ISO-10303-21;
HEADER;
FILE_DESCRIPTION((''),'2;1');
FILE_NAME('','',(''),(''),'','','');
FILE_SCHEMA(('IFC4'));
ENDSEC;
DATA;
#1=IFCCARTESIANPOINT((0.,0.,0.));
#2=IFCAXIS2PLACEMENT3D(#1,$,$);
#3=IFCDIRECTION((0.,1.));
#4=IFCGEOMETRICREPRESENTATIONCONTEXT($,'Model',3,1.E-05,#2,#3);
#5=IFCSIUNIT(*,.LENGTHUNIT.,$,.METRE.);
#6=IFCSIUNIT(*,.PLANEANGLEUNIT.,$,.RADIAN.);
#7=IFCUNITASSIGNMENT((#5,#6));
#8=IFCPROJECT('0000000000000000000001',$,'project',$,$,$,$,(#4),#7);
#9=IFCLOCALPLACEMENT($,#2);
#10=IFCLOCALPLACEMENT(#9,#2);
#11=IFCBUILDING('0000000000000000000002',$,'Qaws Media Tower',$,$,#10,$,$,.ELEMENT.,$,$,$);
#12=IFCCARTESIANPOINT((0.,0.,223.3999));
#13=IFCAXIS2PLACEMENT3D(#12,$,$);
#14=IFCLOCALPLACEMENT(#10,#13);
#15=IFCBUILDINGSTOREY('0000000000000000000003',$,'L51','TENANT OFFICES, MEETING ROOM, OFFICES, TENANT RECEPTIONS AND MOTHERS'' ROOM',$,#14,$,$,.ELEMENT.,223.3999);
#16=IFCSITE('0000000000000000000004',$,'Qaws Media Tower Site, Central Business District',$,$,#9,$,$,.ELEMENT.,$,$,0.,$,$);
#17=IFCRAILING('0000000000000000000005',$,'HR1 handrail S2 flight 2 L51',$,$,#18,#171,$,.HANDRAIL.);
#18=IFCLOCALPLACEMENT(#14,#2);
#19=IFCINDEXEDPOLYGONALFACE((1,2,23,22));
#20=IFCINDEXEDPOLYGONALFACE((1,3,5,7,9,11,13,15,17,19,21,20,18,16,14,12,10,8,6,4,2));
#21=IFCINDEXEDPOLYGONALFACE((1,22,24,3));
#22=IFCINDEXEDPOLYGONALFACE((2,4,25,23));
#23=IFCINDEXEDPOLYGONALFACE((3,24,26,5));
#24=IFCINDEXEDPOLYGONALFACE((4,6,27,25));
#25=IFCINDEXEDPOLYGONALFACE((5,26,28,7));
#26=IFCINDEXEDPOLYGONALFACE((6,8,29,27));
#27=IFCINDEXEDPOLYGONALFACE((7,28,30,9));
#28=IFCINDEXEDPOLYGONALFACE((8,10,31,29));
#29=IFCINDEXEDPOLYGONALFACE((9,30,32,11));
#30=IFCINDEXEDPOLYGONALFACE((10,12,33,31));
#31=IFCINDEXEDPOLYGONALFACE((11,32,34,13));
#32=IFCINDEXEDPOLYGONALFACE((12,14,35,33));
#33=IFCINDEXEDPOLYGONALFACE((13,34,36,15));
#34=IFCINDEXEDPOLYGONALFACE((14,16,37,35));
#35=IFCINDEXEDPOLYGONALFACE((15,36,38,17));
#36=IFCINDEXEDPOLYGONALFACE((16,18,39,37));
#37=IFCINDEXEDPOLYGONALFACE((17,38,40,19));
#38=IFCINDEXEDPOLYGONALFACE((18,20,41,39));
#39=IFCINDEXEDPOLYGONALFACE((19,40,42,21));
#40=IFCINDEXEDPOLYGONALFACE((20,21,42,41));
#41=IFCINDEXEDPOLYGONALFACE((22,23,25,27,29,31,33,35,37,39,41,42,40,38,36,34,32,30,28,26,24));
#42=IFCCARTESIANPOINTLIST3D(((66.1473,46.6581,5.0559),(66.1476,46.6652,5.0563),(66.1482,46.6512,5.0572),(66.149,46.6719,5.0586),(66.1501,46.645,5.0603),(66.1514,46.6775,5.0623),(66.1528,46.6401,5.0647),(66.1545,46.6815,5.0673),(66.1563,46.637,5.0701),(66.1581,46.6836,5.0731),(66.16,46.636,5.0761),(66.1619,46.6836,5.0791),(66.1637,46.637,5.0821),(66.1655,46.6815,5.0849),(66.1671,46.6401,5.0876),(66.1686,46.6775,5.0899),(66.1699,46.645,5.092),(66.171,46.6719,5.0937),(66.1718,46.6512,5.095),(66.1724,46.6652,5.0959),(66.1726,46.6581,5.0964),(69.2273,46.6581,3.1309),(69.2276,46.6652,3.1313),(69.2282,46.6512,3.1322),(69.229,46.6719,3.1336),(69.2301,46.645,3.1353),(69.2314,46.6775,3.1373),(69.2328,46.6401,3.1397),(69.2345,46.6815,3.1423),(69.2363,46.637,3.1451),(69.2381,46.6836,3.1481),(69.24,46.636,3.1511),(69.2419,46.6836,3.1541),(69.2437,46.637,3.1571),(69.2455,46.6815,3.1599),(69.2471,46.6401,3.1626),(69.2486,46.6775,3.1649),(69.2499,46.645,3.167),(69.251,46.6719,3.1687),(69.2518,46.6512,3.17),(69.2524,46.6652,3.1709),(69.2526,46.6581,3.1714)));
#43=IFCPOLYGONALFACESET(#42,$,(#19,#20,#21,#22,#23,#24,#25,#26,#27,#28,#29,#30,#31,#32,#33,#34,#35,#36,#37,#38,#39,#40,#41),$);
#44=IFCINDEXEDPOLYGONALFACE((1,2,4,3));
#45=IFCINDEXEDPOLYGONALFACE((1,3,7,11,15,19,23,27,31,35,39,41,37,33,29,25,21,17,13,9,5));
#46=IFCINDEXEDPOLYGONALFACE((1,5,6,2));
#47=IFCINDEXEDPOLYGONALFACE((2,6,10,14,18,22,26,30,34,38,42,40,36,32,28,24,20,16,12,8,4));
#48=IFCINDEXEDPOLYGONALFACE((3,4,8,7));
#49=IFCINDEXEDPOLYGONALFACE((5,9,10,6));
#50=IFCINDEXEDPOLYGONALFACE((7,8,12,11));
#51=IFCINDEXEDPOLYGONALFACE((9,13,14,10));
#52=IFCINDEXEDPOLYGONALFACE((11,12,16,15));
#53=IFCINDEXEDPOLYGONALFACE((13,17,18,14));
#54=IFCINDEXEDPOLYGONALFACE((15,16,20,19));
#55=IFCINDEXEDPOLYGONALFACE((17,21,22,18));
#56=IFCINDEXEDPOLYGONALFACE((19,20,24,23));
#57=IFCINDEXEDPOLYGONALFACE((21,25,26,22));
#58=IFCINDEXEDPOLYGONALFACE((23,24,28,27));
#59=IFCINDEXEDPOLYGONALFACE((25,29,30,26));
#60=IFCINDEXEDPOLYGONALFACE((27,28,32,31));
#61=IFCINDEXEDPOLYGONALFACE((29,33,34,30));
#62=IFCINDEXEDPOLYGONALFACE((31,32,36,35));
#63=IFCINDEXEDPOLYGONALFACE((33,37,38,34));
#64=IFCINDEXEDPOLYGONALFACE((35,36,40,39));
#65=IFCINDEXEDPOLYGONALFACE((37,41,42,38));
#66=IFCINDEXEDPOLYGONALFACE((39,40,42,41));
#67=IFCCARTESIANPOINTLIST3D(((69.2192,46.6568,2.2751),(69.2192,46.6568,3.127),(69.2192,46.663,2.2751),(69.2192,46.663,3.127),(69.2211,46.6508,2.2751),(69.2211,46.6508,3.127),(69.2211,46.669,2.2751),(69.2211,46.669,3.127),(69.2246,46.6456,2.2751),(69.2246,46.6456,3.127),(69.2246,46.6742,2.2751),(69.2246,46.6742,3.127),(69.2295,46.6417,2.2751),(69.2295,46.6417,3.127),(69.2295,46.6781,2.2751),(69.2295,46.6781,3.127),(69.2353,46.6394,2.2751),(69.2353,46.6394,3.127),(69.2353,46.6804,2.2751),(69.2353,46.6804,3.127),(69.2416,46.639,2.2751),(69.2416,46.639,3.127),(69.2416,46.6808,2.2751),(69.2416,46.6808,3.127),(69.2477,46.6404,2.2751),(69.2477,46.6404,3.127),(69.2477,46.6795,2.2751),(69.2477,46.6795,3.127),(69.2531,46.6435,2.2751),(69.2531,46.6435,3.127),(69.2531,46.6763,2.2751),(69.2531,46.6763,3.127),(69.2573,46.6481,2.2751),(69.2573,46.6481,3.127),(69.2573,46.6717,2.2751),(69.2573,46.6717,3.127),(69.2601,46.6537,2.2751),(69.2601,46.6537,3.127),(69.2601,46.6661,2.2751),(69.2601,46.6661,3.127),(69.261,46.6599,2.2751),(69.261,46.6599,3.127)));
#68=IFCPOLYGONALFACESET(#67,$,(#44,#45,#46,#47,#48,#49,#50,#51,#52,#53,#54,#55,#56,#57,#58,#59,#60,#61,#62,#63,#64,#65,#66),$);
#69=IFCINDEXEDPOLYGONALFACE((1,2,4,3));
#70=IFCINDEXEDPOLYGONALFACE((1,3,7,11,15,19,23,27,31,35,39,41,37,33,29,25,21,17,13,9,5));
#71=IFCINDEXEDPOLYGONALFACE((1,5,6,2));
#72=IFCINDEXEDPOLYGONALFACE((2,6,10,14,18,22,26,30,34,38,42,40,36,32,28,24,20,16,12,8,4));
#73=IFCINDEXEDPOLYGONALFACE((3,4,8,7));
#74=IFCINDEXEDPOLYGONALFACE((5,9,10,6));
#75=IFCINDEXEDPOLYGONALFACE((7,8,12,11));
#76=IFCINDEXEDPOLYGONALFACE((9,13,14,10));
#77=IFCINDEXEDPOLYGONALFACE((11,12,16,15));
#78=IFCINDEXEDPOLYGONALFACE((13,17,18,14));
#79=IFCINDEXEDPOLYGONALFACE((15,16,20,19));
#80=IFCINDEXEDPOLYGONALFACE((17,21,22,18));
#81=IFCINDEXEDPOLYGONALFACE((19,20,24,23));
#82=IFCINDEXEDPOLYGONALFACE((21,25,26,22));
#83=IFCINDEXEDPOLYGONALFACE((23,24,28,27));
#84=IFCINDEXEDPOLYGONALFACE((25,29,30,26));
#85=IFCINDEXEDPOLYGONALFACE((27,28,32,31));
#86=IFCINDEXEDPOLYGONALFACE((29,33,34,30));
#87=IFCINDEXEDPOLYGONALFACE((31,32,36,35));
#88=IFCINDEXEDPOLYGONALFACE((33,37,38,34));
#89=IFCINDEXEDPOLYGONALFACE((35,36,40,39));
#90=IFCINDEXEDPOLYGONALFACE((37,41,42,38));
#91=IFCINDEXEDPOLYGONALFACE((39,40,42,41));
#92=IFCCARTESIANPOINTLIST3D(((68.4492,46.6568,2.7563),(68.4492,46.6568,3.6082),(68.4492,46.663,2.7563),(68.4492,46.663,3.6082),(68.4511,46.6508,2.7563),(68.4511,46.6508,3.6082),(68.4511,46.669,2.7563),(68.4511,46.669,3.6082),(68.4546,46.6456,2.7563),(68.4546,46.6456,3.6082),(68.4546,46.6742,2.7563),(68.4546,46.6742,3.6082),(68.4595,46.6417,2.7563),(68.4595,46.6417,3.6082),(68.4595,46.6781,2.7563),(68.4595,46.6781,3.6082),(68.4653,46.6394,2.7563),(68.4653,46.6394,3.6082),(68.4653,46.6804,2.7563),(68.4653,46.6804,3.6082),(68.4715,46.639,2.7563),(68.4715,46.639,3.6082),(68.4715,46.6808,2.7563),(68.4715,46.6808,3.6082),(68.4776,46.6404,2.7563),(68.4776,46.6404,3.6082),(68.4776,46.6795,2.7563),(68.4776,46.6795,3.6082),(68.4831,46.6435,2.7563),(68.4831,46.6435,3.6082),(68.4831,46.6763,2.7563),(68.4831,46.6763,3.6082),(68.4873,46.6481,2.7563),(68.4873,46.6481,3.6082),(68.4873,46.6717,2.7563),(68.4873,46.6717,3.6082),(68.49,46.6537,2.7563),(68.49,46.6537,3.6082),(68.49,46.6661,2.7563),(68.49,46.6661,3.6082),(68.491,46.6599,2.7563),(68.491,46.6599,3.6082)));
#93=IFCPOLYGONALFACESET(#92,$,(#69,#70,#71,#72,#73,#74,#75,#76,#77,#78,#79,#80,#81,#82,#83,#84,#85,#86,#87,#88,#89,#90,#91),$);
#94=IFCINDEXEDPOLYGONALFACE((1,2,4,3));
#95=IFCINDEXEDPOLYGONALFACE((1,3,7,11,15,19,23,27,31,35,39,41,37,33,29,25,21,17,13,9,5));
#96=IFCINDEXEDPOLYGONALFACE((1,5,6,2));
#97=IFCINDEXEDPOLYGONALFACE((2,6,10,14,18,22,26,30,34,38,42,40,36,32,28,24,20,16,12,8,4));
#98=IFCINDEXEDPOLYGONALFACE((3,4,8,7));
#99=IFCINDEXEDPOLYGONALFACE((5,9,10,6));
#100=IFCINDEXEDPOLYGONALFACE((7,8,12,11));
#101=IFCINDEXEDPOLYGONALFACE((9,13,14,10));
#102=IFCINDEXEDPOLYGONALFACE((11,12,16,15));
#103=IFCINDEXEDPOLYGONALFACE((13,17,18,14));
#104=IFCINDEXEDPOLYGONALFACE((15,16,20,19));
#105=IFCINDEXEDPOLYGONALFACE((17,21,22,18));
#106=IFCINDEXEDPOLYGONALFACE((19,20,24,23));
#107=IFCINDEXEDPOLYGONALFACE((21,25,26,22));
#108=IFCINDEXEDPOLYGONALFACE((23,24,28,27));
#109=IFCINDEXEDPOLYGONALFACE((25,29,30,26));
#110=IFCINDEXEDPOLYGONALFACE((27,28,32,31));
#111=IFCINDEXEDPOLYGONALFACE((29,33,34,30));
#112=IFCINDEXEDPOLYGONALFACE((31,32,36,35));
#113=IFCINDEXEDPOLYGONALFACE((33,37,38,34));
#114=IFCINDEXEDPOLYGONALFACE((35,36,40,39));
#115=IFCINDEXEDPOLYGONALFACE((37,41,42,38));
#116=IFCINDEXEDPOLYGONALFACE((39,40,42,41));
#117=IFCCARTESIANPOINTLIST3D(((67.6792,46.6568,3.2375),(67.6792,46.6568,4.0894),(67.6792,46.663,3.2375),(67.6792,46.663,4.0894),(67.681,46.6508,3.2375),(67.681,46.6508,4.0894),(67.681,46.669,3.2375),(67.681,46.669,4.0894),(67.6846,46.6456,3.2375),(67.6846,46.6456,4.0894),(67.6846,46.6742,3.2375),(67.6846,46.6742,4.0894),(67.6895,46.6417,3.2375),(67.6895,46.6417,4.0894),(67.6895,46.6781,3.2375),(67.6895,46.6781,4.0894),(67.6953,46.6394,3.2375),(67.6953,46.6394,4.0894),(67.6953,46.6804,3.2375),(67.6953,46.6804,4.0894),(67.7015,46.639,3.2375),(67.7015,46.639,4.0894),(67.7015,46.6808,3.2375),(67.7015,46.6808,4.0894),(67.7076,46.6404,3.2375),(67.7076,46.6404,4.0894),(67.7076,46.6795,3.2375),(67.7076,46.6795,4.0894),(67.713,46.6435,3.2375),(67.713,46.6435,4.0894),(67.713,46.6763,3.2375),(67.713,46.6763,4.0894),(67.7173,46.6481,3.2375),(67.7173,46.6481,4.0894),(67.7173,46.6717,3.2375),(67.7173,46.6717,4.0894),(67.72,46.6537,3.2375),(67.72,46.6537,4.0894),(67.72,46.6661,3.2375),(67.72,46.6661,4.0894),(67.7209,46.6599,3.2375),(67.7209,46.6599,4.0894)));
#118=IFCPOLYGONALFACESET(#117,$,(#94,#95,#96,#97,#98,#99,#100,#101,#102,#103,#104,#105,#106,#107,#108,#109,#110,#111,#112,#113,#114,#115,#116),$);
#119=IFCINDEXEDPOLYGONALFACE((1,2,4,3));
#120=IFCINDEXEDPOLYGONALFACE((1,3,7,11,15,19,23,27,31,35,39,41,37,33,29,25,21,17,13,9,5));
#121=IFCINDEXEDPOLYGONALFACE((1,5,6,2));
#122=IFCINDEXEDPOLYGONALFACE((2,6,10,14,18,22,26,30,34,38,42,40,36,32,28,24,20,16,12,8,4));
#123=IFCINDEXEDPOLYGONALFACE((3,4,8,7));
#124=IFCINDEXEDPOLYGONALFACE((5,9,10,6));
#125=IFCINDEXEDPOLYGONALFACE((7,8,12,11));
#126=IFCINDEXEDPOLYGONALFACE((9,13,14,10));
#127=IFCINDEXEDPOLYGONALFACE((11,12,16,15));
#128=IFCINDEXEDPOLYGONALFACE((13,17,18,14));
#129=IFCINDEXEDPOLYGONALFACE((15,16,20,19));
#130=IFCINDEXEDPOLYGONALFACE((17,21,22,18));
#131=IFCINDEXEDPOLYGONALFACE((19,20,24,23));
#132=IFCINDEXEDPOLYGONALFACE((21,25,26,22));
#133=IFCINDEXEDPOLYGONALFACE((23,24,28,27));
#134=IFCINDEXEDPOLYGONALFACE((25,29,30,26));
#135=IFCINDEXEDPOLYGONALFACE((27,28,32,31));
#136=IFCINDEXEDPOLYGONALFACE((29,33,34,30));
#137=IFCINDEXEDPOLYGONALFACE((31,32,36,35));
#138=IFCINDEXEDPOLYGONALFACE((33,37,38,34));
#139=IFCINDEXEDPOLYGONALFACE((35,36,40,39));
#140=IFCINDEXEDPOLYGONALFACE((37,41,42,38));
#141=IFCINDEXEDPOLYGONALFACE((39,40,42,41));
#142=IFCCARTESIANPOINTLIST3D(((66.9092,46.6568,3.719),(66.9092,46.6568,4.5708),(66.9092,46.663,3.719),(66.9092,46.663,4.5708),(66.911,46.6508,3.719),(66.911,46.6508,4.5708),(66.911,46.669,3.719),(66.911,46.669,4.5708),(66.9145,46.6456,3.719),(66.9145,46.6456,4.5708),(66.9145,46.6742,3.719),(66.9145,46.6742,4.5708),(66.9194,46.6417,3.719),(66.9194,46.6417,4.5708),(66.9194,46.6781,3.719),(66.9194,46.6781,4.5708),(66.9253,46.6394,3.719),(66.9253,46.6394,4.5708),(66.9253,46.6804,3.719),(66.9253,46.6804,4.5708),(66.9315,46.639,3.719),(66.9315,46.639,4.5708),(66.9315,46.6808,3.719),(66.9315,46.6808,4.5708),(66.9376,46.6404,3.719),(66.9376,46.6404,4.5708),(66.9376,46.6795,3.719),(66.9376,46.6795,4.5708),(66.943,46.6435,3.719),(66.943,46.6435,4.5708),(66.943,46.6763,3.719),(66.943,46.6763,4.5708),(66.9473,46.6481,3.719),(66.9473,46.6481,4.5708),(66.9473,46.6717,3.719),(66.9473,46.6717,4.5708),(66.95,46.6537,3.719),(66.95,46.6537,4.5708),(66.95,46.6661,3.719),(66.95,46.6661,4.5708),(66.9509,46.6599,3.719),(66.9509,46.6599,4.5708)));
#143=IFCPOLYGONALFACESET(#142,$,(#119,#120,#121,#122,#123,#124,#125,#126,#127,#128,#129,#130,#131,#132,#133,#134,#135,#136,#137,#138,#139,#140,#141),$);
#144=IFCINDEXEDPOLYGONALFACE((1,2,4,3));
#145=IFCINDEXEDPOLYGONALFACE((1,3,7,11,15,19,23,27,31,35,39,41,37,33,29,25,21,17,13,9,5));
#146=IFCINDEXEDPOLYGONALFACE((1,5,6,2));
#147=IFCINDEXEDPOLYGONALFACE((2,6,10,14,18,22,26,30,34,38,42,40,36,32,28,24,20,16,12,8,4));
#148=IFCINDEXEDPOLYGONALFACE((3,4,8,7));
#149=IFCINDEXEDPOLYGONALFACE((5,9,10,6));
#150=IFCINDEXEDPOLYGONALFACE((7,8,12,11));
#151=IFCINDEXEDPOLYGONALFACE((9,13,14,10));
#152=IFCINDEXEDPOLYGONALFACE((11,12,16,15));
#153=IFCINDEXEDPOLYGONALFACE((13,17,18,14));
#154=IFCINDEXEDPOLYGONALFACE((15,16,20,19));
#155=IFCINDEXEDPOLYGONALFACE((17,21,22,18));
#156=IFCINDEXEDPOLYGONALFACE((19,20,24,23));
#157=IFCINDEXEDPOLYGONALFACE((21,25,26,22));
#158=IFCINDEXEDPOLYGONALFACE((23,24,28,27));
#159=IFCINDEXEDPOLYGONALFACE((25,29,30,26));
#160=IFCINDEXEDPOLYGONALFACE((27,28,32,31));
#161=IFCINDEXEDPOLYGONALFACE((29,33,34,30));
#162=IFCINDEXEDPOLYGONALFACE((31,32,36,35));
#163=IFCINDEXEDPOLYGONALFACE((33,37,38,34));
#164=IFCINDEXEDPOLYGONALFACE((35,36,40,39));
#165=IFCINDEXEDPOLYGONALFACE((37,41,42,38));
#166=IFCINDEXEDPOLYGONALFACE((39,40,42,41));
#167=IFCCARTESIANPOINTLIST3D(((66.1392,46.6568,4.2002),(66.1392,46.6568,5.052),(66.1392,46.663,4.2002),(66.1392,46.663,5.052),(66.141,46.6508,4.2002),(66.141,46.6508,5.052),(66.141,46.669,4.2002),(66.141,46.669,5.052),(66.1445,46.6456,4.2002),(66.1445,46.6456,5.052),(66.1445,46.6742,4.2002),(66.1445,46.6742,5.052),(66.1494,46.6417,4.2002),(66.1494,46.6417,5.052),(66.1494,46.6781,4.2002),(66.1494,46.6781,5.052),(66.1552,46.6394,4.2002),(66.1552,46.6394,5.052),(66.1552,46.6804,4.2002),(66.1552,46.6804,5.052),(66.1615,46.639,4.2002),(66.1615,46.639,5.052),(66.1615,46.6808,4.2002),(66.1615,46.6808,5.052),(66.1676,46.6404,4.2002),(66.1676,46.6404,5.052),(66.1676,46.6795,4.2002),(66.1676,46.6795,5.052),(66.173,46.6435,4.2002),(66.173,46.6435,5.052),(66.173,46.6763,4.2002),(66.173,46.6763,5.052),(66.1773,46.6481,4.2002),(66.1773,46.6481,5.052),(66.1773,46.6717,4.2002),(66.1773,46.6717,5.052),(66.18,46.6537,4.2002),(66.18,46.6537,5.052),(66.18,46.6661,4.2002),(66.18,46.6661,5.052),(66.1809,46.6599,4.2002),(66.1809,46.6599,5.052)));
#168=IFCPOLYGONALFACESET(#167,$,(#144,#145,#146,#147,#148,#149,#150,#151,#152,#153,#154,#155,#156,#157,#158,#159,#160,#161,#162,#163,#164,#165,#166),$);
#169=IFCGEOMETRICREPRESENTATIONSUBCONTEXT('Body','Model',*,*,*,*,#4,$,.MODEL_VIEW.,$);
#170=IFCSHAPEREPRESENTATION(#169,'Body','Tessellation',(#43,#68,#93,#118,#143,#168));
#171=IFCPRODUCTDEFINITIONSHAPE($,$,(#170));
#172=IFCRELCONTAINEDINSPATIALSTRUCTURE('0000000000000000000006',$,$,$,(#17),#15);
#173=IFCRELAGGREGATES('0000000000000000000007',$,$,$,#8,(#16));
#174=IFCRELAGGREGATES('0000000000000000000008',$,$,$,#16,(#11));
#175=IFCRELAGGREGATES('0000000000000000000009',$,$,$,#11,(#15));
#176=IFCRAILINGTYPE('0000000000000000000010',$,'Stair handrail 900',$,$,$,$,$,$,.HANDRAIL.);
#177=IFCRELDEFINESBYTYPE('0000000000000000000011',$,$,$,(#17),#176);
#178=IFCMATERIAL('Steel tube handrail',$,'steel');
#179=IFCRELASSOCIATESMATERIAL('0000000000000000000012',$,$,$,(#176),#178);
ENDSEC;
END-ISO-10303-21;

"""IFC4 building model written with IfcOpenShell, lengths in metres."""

from ifc_helpers import new_model, si_unit, direction, frame, origin, origin_2d, place, context, subcontext, project, spatial, circle, extrude, material, type_object, element, save


model = new_model("IFC4")

# Units and contexts
model_context = context("Model", 3, precision=1e-05, world=origin(), true_north=direction((0.0, 1.0)))
body_context = subcontext(model_context, "Body", "Model", "MODEL_VIEW")
ifc_project = project(units=[si_unit("LENGTHUNIT", "METRE"), si_unit("PLANEANGLEUNIT", "RADIAN")], contexts=[model_context])

# Site, building, storey
site_placement = place(None, origin())
site = spatial("IfcSite", under=ifc_project, at=site_placement, Name="Qaws Media Tower Site, Central Business District", CompositionType="ELEMENT", RefElevation=0.0)
building_placement = place(site_placement, origin())
building = spatial("IfcBuilding", under=site, at=building_placement, Name="Qaws Media Tower", CompositionType="ELEMENT")
storey_placement = place(building_placement, frame((0.0, 0.0, 223.3999)))
storey = spatial("IfcBuildingStorey", under=building, at=storey_placement, Name="L51", Description="TENANT OFFICES, MEETING ROOM, OFFICES, TENANT RECEPTIONS AND MOTHERS' ROOM", CompositionType="ELEMENT", Elevation=223.3999)

# Railing
ifc_material_1 = material(Name="Steel tube handrail", Category="steel")
railing_type = type_object("IfcRailingType", Name="Stair handrail 900", PredefinedType="HANDRAIL", material=ifc_material_1)
for number, where, name in (
    (1, (69.24, 46.6599, 2.2751), "HR1 handrail S2 flight 2 L51"),
):
    element("IfcRailing", number, at=place(storey_placement, frame(where)), inside=storey, type_object=railing_type, Name=name, PredefinedType="HANDRAIL", context=body_context, shape_type="SweptSolid", body=[
        extrude(circle(Radius=0.0239, at=origin_2d()), frame((0.0, 0.0, 0.876), z_axis=(-0.847998, 0.0, 0.529999), x_axis=(0.0, -1.0, 0.0)), (0.0, 0.0, 1.0), 3.6321),
        extrude(circle(Radius=0.021, at=origin_2d()), origin(), (0.0, 0.0, 1.0), 0.8518),
        extrude(circle(Radius=0.021, at=origin_2d()), frame((-0.77, 0.0, 0.4812)), (0.0, 0.0, 1.0), 0.8518),
        extrude(circle(Radius=0.021, at=origin_2d()), frame((-1.54, 0.0, 0.9624)), (0.0, 0.0, 1.0), 0.8518),
        extrude(circle(Radius=0.021, at=origin_2d()), frame((-2.3101, 0.0, 1.4438)), (0.0, 0.0, 1.0), 0.8518),
        extrude(circle(Radius=0.021, at=origin_2d()), frame((-3.0801, 0.0, 1.925)), (0.0, 0.0, 1.0), 0.8518),
    ])

save(model, "model.ifc")
